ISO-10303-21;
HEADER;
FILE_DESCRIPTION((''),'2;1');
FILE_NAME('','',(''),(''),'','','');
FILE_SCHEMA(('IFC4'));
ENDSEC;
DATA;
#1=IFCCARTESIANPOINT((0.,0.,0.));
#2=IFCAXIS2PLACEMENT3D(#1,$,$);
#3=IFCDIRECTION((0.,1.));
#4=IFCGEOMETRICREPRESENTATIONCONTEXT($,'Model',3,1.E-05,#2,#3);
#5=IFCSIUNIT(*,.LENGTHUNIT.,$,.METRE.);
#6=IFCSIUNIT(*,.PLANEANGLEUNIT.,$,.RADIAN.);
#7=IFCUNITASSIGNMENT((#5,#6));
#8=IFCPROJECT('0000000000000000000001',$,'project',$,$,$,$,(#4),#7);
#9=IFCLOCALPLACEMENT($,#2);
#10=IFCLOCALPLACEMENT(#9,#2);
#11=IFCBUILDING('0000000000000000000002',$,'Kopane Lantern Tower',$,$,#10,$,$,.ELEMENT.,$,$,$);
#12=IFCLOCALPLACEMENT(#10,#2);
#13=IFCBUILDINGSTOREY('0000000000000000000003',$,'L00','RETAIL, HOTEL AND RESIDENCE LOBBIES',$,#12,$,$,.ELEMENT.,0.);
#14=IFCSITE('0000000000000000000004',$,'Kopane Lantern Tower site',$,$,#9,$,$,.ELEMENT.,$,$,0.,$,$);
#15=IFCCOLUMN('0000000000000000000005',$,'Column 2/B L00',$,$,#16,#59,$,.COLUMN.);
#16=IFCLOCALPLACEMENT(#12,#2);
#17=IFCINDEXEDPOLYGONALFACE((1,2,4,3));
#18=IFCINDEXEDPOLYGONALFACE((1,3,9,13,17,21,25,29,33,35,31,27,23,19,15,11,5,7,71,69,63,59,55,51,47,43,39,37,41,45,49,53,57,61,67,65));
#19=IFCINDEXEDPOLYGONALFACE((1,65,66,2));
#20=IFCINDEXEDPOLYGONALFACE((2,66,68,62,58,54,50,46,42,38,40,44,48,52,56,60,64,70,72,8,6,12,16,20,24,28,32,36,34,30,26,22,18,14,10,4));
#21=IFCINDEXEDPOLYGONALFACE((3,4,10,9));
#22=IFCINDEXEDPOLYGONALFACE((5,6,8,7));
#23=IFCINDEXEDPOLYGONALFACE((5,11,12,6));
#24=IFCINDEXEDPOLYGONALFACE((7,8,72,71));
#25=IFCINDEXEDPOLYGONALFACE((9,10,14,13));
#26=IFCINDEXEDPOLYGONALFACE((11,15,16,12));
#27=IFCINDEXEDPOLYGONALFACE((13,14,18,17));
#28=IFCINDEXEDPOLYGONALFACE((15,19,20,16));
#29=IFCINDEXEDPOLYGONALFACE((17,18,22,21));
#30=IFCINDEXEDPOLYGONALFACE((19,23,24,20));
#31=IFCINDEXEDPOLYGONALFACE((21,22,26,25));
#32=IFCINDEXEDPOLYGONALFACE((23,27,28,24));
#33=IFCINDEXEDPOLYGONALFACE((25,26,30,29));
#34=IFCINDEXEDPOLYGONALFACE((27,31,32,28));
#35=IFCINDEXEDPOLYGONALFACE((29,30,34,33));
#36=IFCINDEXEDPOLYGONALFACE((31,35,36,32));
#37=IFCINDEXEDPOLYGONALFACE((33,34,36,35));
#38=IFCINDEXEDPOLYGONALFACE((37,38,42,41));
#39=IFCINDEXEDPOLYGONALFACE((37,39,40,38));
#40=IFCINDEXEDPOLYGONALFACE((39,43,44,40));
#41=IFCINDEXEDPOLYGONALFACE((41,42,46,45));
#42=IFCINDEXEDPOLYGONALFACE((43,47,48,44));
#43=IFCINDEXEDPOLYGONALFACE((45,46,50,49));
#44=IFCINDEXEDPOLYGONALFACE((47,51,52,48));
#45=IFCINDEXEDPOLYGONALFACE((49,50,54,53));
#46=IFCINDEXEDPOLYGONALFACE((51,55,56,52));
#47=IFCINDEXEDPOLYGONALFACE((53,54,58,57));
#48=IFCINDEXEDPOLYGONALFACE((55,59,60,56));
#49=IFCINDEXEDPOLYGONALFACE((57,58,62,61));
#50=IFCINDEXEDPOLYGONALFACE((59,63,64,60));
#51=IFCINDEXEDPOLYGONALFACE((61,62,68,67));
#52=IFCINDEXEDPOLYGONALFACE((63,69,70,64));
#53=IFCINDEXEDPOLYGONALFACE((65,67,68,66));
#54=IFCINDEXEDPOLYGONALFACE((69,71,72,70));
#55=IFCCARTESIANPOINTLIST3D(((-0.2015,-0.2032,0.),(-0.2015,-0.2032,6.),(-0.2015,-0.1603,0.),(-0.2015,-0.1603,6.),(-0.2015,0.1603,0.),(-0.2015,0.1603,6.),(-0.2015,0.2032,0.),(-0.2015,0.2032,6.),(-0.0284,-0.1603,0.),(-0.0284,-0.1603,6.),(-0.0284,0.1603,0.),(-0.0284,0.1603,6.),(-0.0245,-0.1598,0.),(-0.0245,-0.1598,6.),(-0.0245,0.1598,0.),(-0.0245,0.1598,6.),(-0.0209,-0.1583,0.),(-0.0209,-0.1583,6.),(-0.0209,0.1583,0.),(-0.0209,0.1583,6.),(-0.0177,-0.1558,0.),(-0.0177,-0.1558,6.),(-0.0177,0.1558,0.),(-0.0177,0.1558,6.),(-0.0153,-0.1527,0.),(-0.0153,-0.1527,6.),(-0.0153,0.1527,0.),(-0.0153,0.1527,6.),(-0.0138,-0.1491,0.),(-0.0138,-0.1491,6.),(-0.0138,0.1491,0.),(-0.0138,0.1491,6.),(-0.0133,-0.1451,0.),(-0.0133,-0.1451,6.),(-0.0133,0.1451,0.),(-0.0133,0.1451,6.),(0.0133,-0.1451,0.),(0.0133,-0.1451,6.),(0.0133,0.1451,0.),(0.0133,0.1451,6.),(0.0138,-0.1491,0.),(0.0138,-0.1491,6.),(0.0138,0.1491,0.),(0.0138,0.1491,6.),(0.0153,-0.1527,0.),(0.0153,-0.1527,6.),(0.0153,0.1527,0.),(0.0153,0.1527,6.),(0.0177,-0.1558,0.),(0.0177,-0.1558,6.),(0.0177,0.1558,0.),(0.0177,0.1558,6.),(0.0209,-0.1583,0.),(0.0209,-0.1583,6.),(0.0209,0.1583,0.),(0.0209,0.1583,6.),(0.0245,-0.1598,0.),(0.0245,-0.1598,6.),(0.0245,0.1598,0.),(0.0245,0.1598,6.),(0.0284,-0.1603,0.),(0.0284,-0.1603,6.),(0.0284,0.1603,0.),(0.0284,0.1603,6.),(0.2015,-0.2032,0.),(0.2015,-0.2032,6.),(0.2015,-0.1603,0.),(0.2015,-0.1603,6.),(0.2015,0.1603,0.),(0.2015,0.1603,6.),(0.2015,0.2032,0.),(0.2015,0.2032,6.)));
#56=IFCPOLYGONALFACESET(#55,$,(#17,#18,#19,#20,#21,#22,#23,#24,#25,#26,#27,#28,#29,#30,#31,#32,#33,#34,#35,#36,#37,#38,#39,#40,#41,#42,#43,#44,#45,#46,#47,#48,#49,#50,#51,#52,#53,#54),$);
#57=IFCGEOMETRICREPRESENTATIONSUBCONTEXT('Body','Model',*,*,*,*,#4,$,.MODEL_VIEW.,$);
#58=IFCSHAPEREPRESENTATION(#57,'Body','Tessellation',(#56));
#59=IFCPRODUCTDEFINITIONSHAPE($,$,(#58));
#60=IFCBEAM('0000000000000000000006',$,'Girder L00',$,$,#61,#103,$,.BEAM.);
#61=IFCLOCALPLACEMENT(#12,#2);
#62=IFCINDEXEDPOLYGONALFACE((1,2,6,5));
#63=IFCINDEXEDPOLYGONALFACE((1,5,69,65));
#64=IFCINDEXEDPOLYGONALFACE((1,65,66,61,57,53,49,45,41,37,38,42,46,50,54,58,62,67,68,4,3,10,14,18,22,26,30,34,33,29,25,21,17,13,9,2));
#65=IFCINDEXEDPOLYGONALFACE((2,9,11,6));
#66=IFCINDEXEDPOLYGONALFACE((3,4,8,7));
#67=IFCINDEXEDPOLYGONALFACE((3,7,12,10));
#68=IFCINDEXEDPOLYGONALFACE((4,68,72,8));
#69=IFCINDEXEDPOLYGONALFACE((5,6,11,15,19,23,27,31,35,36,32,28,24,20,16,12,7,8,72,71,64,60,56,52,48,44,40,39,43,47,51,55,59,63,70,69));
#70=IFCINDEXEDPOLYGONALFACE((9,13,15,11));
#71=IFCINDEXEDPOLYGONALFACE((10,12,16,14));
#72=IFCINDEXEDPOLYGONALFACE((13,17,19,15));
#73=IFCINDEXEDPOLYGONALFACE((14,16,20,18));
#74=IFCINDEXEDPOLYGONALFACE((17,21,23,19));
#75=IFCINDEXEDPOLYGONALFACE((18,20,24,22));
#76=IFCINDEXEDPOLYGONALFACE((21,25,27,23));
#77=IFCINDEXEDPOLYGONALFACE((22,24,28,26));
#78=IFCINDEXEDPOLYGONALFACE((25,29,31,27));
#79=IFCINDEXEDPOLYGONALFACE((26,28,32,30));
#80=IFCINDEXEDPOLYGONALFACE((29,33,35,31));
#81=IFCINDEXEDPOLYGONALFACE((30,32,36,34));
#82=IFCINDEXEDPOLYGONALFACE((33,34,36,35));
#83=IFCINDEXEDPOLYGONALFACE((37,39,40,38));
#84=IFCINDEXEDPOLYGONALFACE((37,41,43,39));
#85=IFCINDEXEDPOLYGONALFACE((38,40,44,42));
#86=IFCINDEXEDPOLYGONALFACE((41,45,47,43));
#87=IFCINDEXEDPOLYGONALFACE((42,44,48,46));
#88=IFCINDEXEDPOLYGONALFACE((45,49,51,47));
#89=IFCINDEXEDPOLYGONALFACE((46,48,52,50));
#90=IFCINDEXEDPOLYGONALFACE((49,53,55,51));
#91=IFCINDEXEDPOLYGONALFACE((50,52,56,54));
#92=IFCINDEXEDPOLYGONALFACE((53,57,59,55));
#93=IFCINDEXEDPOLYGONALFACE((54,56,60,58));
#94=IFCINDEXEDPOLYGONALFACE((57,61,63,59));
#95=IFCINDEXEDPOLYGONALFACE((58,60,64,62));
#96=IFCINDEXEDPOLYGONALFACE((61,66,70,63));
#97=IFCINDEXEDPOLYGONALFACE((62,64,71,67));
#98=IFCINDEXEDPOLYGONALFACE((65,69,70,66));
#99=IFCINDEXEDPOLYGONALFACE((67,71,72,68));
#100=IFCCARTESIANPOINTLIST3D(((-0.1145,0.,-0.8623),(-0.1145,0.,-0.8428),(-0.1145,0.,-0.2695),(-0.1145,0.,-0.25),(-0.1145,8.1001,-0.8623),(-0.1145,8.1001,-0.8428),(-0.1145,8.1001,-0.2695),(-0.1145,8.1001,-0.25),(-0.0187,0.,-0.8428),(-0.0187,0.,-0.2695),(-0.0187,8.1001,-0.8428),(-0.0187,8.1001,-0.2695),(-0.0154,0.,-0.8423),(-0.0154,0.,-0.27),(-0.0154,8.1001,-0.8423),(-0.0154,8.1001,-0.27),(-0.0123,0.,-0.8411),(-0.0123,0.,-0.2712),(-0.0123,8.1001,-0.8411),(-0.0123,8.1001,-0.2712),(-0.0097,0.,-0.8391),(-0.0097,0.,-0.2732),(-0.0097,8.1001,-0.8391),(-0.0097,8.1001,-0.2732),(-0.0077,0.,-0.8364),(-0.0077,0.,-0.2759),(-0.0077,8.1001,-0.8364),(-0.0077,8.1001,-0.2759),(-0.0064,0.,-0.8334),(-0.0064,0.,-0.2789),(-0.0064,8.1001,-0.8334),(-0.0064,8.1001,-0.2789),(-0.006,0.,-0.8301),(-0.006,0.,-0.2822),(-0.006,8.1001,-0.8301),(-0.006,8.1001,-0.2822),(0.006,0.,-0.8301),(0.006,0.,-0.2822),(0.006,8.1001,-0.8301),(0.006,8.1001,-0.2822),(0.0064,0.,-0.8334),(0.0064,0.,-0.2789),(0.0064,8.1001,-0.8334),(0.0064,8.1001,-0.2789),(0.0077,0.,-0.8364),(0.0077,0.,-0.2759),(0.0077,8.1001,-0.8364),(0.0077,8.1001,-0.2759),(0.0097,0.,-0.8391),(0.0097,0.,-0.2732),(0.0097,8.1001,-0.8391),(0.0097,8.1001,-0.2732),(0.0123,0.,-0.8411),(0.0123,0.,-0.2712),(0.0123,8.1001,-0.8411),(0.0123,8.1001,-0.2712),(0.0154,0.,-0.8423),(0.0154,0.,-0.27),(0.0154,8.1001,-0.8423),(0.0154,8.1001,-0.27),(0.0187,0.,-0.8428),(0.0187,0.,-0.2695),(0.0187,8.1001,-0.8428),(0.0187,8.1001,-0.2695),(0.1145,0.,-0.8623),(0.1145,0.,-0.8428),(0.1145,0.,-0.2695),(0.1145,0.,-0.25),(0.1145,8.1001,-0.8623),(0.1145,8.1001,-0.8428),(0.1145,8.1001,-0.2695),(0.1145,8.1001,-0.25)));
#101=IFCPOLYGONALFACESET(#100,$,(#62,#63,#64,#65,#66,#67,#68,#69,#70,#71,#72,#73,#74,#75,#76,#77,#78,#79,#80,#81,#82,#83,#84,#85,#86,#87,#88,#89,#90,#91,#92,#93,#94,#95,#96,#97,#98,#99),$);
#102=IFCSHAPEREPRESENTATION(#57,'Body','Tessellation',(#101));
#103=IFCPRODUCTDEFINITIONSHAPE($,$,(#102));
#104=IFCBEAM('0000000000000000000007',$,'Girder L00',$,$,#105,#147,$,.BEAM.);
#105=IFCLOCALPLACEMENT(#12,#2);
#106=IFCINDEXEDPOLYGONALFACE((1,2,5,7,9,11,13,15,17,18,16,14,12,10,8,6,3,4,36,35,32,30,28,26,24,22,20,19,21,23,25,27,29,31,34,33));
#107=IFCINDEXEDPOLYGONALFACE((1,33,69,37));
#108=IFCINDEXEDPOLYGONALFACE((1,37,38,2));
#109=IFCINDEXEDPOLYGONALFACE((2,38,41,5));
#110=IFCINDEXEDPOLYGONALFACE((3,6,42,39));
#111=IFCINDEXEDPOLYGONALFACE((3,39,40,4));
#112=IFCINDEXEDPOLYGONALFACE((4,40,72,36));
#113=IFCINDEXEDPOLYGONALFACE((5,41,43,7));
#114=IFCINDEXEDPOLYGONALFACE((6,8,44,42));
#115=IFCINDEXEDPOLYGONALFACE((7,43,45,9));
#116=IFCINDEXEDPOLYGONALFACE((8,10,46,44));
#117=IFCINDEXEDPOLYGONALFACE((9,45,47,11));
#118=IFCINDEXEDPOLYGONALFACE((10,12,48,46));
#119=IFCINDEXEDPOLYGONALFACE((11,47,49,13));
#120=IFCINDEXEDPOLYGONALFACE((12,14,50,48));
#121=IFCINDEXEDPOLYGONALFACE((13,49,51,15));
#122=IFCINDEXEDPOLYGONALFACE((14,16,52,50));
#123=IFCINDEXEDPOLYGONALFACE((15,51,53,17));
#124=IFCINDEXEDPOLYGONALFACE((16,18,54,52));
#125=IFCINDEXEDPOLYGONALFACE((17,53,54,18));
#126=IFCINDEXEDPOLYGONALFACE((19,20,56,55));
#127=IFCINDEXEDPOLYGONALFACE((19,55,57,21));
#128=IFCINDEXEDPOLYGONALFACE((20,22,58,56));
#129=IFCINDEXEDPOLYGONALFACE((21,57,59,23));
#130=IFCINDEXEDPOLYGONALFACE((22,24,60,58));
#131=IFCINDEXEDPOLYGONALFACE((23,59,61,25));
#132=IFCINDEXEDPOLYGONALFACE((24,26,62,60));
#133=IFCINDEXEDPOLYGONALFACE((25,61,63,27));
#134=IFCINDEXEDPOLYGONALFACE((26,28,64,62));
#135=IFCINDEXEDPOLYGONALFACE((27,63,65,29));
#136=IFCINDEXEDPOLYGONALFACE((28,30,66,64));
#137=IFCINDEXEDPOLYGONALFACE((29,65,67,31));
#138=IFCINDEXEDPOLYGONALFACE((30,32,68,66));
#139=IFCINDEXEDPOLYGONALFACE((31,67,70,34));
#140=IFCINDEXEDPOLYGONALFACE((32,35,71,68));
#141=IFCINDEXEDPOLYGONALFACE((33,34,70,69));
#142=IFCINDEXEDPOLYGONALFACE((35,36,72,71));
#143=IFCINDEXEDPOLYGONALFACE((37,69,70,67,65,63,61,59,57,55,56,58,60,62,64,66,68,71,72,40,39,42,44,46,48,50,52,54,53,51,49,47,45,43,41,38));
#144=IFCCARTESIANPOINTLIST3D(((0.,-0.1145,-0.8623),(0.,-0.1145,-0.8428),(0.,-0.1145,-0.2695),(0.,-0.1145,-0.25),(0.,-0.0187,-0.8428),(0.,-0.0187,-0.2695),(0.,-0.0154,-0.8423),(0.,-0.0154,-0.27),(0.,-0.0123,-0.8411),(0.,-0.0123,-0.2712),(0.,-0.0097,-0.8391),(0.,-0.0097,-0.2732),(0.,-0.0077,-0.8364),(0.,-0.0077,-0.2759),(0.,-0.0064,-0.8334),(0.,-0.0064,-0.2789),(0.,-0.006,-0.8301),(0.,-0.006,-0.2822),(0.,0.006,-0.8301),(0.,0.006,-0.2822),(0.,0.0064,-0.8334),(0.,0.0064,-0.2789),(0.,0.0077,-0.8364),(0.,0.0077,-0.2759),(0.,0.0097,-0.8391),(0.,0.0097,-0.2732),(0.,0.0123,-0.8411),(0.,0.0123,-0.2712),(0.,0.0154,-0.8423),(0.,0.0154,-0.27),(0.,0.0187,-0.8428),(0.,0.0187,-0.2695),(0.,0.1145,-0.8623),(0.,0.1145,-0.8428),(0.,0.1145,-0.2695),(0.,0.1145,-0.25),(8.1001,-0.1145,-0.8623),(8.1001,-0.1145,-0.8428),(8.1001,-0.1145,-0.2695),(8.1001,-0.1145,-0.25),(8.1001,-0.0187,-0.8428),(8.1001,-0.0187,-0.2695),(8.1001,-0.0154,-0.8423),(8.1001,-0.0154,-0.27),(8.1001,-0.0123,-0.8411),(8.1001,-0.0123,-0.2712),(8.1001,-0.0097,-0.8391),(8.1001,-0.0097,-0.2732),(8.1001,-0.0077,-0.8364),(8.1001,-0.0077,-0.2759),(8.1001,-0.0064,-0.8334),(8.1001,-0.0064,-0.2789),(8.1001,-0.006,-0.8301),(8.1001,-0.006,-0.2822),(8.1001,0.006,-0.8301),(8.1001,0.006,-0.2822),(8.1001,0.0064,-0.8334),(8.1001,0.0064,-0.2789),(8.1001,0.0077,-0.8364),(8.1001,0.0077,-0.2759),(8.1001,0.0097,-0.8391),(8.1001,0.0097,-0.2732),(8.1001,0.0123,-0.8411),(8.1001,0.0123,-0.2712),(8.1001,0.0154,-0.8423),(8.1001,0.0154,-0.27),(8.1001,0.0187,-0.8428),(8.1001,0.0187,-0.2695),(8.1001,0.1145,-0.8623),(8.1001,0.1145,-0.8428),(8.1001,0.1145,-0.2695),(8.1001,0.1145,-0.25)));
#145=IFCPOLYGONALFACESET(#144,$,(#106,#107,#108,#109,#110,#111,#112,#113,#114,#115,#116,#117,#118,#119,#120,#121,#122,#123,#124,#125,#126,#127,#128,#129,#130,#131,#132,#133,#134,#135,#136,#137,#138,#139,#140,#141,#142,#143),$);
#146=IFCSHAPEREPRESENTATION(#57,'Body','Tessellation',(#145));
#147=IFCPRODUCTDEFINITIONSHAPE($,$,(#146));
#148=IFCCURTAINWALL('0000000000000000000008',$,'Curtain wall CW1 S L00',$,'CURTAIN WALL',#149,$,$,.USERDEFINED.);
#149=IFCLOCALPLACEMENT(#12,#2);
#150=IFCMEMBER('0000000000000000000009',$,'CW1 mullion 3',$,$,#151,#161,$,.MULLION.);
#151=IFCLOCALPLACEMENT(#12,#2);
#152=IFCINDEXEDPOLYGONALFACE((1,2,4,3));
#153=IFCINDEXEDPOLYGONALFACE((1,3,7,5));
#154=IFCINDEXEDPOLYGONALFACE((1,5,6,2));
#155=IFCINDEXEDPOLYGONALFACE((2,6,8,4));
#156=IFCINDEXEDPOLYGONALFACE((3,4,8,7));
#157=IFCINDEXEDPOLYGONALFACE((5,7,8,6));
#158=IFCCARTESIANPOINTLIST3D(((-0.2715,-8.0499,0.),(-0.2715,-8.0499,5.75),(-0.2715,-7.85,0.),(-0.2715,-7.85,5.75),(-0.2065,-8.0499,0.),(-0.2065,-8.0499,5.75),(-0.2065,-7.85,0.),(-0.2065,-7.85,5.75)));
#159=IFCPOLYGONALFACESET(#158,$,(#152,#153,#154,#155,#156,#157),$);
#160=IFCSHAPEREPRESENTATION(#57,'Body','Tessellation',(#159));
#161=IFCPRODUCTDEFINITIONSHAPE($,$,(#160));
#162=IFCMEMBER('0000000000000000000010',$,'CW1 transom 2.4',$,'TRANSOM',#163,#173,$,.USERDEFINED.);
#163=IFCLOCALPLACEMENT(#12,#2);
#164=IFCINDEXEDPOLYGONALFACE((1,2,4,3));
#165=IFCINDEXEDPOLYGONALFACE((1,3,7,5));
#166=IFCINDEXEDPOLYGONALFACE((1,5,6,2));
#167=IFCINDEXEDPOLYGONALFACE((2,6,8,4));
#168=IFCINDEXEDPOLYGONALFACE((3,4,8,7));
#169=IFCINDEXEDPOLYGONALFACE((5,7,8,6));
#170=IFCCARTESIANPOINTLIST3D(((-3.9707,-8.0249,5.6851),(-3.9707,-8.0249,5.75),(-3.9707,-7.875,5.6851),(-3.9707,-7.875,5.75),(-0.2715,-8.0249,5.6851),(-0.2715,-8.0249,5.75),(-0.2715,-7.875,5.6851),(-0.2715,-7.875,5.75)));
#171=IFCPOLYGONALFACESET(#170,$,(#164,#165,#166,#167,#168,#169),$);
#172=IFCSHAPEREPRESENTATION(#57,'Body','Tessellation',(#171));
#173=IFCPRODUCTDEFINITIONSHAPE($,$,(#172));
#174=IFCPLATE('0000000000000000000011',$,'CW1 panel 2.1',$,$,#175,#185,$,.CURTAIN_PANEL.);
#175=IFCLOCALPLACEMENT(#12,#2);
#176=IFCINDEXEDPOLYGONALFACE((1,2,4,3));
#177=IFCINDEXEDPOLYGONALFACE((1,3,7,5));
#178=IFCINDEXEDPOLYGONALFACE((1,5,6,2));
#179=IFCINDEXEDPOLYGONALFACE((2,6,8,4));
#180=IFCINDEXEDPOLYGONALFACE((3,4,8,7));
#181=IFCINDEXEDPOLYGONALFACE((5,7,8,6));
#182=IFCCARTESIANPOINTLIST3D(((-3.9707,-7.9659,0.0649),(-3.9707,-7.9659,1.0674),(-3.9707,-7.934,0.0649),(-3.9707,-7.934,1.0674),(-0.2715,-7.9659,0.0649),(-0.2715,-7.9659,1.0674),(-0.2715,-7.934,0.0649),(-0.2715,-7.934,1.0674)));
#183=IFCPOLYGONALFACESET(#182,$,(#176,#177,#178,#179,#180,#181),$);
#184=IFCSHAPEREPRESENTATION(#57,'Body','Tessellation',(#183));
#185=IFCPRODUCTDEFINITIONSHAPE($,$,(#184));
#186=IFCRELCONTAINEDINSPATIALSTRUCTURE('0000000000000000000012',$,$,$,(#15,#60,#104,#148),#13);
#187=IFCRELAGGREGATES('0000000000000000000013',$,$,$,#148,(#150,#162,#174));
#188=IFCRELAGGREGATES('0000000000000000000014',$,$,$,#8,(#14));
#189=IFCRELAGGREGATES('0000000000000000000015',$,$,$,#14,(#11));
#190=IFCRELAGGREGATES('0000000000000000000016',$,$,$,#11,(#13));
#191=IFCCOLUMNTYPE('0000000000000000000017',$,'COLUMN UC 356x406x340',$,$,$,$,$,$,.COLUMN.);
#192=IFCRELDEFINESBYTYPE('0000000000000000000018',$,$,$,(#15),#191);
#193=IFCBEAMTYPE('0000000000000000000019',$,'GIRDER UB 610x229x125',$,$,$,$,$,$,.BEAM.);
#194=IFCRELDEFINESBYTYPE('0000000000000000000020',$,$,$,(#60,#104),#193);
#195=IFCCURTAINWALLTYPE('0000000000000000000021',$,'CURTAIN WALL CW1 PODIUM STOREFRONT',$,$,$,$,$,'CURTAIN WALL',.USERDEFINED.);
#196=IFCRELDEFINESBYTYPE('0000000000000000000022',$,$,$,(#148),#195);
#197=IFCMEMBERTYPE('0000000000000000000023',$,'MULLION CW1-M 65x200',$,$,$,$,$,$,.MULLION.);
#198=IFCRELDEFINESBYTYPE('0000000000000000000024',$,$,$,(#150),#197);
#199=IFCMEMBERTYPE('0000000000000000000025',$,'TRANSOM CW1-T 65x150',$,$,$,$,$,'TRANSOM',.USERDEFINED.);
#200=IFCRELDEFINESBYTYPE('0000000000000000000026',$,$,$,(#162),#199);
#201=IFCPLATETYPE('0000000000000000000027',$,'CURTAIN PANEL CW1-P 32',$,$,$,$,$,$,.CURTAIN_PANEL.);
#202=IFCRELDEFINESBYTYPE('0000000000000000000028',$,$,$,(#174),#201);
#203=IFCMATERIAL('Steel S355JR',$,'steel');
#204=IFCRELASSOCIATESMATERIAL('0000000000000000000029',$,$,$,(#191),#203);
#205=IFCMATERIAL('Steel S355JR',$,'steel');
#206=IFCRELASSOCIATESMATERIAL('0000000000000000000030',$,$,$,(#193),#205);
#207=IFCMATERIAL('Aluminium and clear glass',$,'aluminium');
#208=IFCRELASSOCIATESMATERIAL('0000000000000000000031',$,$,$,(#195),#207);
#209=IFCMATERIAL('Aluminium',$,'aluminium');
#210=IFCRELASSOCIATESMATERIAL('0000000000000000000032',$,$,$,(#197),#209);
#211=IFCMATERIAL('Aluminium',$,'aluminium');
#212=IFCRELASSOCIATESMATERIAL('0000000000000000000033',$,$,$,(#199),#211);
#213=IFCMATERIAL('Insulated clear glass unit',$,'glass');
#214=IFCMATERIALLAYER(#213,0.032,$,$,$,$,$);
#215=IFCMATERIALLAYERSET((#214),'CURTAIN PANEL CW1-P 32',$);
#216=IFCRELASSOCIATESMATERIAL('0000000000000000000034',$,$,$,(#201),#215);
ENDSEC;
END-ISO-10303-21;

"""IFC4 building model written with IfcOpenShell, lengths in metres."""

from ifc_helpers import new_model, si_unit, direction, frame, origin, origin_with_axes, origin_2d, place, context, subcontext, project, spatial, rectangle, i_section, extrude, material, layer, layer_set, material_profile, profile_set, type_object, element, aggregate, save


model = new_model("IFC4")

# Units and contexts
model_context = context("Model", 3, precision=1e-05, world=origin(), true_north=direction((0.0, 1.0)))
body_context = subcontext(model_context, "Body", "Model", "MODEL_VIEW")
ifc_project = project(units=[si_unit("LENGTHUNIT", "METRE"), si_unit("PLANEANGLEUNIT", "RADIAN")], contexts=[model_context])

# Site, building, storey
site_placement = place(None, origin())
site = spatial("IfcSite", under=ifc_project, at=site_placement, Name="Kopane Lantern Tower site", CompositionType="ELEMENT", RefElevation=0.0)
building_placement = place(site_placement, origin())
building = spatial("IfcBuilding", under=site, at=building_placement, Name="Kopane Lantern Tower", CompositionType="ELEMENT")
storey_placement = place(building_placement, origin())
storey = spatial("IfcBuildingStorey", under=building, at=storey_placement, Name="L00", Description="RETAIL, HOTEL AND RESIDENCE LOBBIES", CompositionType="ELEMENT", Elevation=0.0)

# Column
ifc_material_1 = material(Name="Steel S355JR", Category="steel")
ifc_material_profile_1 = material_profile(ifc_material_1, i_section(OverallWidth=0.4031, OverallDepth=0.4065, WebThickness=0.0266, FlangeThickness=0.043, FilletRadius=0.0151, at=origin_2d()), Name="UC 356x406x340")
ifc_profile_set_1 = profile_set([ifc_material_profile_1], Name="Steel S355JR")
column_type = type_object("IfcColumnType", Name="COLUMN UC 356x406x340", PredefinedType="COLUMN", material=ifc_profile_set_1)
column_placement = place(storey_placement, origin_with_axes())
element("IfcColumn", 1, at=column_placement, inside=storey, type_object=column_type, Name="Column 2/B L00", PredefinedType="COLUMN", context=body_context, shape_type="SweptSolid", body=[
    extrude(i_section(OverallWidth=0.4031, OverallDepth=0.4065, WebThickness=0.0266, FlangeThickness=0.043, FilletRadius=0.0151, at=origin_2d()), origin(), (0.0, 0.0, 1.0), 6.0),
])

# Beams
ifc_material_2 = material(Name="Steel S355JR", Category="steel")
ifc_material_profile_2 = material_profile(ifc_material_2, i_section(OverallWidth=0.229, OverallDepth=0.6123, WebThickness=0.012, FlangeThickness=0.0195, FilletRadius=0.0127, at=origin_2d()), Name="UB 610x229x125")
ifc_profile_set_2 = profile_set([ifc_material_profile_2], Name="Steel S355JR")
beam_type = type_object("IfcBeamType", Name="GIRDER UB 610x229x125", PredefinedType="BEAM", material=ifc_profile_set_2)
for number, where, z_axis, x_axis, name in (
    (2, (0.0, 0.0, -0.5562), (0.0, 1.0, 0.0), (-1.0, 0.0, 0.0), "Girder L00"),
    (3, (0.0, 0.0, -0.5562), (1.0, 0.0, 0.0), (0.0, 1.0, 0.0), "Girder L00"),
):
    element("IfcBeam", number, at=place(storey_placement, frame(where, z_axis=z_axis, x_axis=x_axis)), inside=storey, type_object=beam_type, Name=name, PredefinedType="BEAM", context=body_context, shape_type="SweptSolid", body=[
        extrude(i_section(OverallWidth=0.229, OverallDepth=0.6123, WebThickness=0.012, FlangeThickness=0.0195, FilletRadius=0.0127, at=origin_2d()), origin(), (0.0, 0.0, 1.0), 8.1001),
    ])

# Curtain wall, members, plate
ifc_material_3 = material(Name="Aluminium and clear glass", Category="aluminium")
curtain_wall_type = type_object("IfcCurtainWallType", Name="CURTAIN WALL CW1 PODIUM STOREFRONT", ElementType="CURTAIN WALL", PredefinedType="USERDEFINED", material=ifc_material_3)
curtain_wall_placement = place(storey_placement, origin())
curtain_wall = element("IfcCurtainWall", 4, at=curtain_wall_placement, inside=storey, type_object=curtain_wall_type, Name="Curtain wall CW1 S L00", ObjectType="CURTAIN WALL", PredefinedType="USERDEFINED")
ifc_material_4 = material(Name="Aluminium", Category="aluminium")
ifc_material_profile_3 = material_profile(ifc_material_4, rectangle(XDim=0.0649, YDim=0.2, at=origin_2d()), Name="AL 65x200")
ifc_profile_set_3 = profile_set([ifc_material_profile_3], Name="Aluminium")
member_type_1 = type_object("IfcMemberType", Name="MULLION CW1-M 65x200", PredefinedType="MULLION", material=ifc_profile_set_3)
member_1_placement = place(storey_placement, frame((-0.239, -7.95, 0.0), z_axis=(0.0, 0.0, 1.0), x_axis=(1.0, 0.0, 0.0)))
member_1 = element("IfcMember", 5, at=member_1_placement, type_object=member_type_1, Name="CW1 mullion 3", PredefinedType="MULLION", context=body_context, shape_type="SweptSolid", body=[
    extrude(rectangle(XDim=0.0649, YDim=0.2, at=origin_2d()), origin(), (0.0, 0.0, 1.0), 5.75),
])
ifc_material_5 = material(Name="Aluminium", Category="aluminium")
ifc_material_profile_4 = material_profile(ifc_material_5, rectangle(XDim=0.1499, YDim=0.0649, at=origin_2d()), Name="AL 150x65")
ifc_profile_set_4 = profile_set([ifc_material_profile_4], Name="Aluminium")
member_type_2 = type_object("IfcMemberType", Name="TRANSOM CW1-T 65x150", ElementType="TRANSOM", PredefinedType="USERDEFINED", material=ifc_profile_set_4)
member_2_placement = place(storey_placement, frame((-3.9707, -7.95, 5.7175), z_axis=(1.0, 0.0, 0.0), x_axis=(0.0, 1.0, 0.0)))
member_2 = element("IfcMember", 6, at=member_2_placement, type_object=member_type_2, Name="CW1 transom 2.4", ObjectType="TRANSOM", PredefinedType="USERDEFINED", context=body_context, shape_type="SweptSolid", body=[
    extrude(rectangle(XDim=0.1499, YDim=0.0649, at=origin_2d()), origin(), (0.0, 0.0, 1.0), 3.6992),
])
ifc_material_6 = material(Name="Insulated clear glass unit", Category="glass")
ifc_layer_1 = layer(ifc_material_6, 0.032)
ifc_layer_set_1 = layer_set([ifc_layer_1], Name="CURTAIN PANEL CW1-P 32")
plate_type = type_object("IfcPlateType", Name="CURTAIN PANEL CW1-P 32", PredefinedType="CURTAIN_PANEL", material=ifc_layer_set_1)
plate_1_placement = place(storey_placement, frame((-2.1211, -7.95, 0.0649), z_axis=(0.0, 0.0, 1.0), x_axis=(1.0, 0.0, 0.0)))
plate_1 = element("IfcPlate", 7, at=plate_1_placement, type_object=plate_type, Name="CW1 panel 2.1", PredefinedType="CURTAIN_PANEL", context=body_context, shape_type="SweptSolid", body=[
    extrude(rectangle(XDim=3.6992, YDim=0.032, at=origin_2d()), origin(), (0.0, 0.0, 1.0), 1.0024),
])
aggregate(curtain_wall, [member_1, member_2, plate_1])

save(model, "model.ifc")
